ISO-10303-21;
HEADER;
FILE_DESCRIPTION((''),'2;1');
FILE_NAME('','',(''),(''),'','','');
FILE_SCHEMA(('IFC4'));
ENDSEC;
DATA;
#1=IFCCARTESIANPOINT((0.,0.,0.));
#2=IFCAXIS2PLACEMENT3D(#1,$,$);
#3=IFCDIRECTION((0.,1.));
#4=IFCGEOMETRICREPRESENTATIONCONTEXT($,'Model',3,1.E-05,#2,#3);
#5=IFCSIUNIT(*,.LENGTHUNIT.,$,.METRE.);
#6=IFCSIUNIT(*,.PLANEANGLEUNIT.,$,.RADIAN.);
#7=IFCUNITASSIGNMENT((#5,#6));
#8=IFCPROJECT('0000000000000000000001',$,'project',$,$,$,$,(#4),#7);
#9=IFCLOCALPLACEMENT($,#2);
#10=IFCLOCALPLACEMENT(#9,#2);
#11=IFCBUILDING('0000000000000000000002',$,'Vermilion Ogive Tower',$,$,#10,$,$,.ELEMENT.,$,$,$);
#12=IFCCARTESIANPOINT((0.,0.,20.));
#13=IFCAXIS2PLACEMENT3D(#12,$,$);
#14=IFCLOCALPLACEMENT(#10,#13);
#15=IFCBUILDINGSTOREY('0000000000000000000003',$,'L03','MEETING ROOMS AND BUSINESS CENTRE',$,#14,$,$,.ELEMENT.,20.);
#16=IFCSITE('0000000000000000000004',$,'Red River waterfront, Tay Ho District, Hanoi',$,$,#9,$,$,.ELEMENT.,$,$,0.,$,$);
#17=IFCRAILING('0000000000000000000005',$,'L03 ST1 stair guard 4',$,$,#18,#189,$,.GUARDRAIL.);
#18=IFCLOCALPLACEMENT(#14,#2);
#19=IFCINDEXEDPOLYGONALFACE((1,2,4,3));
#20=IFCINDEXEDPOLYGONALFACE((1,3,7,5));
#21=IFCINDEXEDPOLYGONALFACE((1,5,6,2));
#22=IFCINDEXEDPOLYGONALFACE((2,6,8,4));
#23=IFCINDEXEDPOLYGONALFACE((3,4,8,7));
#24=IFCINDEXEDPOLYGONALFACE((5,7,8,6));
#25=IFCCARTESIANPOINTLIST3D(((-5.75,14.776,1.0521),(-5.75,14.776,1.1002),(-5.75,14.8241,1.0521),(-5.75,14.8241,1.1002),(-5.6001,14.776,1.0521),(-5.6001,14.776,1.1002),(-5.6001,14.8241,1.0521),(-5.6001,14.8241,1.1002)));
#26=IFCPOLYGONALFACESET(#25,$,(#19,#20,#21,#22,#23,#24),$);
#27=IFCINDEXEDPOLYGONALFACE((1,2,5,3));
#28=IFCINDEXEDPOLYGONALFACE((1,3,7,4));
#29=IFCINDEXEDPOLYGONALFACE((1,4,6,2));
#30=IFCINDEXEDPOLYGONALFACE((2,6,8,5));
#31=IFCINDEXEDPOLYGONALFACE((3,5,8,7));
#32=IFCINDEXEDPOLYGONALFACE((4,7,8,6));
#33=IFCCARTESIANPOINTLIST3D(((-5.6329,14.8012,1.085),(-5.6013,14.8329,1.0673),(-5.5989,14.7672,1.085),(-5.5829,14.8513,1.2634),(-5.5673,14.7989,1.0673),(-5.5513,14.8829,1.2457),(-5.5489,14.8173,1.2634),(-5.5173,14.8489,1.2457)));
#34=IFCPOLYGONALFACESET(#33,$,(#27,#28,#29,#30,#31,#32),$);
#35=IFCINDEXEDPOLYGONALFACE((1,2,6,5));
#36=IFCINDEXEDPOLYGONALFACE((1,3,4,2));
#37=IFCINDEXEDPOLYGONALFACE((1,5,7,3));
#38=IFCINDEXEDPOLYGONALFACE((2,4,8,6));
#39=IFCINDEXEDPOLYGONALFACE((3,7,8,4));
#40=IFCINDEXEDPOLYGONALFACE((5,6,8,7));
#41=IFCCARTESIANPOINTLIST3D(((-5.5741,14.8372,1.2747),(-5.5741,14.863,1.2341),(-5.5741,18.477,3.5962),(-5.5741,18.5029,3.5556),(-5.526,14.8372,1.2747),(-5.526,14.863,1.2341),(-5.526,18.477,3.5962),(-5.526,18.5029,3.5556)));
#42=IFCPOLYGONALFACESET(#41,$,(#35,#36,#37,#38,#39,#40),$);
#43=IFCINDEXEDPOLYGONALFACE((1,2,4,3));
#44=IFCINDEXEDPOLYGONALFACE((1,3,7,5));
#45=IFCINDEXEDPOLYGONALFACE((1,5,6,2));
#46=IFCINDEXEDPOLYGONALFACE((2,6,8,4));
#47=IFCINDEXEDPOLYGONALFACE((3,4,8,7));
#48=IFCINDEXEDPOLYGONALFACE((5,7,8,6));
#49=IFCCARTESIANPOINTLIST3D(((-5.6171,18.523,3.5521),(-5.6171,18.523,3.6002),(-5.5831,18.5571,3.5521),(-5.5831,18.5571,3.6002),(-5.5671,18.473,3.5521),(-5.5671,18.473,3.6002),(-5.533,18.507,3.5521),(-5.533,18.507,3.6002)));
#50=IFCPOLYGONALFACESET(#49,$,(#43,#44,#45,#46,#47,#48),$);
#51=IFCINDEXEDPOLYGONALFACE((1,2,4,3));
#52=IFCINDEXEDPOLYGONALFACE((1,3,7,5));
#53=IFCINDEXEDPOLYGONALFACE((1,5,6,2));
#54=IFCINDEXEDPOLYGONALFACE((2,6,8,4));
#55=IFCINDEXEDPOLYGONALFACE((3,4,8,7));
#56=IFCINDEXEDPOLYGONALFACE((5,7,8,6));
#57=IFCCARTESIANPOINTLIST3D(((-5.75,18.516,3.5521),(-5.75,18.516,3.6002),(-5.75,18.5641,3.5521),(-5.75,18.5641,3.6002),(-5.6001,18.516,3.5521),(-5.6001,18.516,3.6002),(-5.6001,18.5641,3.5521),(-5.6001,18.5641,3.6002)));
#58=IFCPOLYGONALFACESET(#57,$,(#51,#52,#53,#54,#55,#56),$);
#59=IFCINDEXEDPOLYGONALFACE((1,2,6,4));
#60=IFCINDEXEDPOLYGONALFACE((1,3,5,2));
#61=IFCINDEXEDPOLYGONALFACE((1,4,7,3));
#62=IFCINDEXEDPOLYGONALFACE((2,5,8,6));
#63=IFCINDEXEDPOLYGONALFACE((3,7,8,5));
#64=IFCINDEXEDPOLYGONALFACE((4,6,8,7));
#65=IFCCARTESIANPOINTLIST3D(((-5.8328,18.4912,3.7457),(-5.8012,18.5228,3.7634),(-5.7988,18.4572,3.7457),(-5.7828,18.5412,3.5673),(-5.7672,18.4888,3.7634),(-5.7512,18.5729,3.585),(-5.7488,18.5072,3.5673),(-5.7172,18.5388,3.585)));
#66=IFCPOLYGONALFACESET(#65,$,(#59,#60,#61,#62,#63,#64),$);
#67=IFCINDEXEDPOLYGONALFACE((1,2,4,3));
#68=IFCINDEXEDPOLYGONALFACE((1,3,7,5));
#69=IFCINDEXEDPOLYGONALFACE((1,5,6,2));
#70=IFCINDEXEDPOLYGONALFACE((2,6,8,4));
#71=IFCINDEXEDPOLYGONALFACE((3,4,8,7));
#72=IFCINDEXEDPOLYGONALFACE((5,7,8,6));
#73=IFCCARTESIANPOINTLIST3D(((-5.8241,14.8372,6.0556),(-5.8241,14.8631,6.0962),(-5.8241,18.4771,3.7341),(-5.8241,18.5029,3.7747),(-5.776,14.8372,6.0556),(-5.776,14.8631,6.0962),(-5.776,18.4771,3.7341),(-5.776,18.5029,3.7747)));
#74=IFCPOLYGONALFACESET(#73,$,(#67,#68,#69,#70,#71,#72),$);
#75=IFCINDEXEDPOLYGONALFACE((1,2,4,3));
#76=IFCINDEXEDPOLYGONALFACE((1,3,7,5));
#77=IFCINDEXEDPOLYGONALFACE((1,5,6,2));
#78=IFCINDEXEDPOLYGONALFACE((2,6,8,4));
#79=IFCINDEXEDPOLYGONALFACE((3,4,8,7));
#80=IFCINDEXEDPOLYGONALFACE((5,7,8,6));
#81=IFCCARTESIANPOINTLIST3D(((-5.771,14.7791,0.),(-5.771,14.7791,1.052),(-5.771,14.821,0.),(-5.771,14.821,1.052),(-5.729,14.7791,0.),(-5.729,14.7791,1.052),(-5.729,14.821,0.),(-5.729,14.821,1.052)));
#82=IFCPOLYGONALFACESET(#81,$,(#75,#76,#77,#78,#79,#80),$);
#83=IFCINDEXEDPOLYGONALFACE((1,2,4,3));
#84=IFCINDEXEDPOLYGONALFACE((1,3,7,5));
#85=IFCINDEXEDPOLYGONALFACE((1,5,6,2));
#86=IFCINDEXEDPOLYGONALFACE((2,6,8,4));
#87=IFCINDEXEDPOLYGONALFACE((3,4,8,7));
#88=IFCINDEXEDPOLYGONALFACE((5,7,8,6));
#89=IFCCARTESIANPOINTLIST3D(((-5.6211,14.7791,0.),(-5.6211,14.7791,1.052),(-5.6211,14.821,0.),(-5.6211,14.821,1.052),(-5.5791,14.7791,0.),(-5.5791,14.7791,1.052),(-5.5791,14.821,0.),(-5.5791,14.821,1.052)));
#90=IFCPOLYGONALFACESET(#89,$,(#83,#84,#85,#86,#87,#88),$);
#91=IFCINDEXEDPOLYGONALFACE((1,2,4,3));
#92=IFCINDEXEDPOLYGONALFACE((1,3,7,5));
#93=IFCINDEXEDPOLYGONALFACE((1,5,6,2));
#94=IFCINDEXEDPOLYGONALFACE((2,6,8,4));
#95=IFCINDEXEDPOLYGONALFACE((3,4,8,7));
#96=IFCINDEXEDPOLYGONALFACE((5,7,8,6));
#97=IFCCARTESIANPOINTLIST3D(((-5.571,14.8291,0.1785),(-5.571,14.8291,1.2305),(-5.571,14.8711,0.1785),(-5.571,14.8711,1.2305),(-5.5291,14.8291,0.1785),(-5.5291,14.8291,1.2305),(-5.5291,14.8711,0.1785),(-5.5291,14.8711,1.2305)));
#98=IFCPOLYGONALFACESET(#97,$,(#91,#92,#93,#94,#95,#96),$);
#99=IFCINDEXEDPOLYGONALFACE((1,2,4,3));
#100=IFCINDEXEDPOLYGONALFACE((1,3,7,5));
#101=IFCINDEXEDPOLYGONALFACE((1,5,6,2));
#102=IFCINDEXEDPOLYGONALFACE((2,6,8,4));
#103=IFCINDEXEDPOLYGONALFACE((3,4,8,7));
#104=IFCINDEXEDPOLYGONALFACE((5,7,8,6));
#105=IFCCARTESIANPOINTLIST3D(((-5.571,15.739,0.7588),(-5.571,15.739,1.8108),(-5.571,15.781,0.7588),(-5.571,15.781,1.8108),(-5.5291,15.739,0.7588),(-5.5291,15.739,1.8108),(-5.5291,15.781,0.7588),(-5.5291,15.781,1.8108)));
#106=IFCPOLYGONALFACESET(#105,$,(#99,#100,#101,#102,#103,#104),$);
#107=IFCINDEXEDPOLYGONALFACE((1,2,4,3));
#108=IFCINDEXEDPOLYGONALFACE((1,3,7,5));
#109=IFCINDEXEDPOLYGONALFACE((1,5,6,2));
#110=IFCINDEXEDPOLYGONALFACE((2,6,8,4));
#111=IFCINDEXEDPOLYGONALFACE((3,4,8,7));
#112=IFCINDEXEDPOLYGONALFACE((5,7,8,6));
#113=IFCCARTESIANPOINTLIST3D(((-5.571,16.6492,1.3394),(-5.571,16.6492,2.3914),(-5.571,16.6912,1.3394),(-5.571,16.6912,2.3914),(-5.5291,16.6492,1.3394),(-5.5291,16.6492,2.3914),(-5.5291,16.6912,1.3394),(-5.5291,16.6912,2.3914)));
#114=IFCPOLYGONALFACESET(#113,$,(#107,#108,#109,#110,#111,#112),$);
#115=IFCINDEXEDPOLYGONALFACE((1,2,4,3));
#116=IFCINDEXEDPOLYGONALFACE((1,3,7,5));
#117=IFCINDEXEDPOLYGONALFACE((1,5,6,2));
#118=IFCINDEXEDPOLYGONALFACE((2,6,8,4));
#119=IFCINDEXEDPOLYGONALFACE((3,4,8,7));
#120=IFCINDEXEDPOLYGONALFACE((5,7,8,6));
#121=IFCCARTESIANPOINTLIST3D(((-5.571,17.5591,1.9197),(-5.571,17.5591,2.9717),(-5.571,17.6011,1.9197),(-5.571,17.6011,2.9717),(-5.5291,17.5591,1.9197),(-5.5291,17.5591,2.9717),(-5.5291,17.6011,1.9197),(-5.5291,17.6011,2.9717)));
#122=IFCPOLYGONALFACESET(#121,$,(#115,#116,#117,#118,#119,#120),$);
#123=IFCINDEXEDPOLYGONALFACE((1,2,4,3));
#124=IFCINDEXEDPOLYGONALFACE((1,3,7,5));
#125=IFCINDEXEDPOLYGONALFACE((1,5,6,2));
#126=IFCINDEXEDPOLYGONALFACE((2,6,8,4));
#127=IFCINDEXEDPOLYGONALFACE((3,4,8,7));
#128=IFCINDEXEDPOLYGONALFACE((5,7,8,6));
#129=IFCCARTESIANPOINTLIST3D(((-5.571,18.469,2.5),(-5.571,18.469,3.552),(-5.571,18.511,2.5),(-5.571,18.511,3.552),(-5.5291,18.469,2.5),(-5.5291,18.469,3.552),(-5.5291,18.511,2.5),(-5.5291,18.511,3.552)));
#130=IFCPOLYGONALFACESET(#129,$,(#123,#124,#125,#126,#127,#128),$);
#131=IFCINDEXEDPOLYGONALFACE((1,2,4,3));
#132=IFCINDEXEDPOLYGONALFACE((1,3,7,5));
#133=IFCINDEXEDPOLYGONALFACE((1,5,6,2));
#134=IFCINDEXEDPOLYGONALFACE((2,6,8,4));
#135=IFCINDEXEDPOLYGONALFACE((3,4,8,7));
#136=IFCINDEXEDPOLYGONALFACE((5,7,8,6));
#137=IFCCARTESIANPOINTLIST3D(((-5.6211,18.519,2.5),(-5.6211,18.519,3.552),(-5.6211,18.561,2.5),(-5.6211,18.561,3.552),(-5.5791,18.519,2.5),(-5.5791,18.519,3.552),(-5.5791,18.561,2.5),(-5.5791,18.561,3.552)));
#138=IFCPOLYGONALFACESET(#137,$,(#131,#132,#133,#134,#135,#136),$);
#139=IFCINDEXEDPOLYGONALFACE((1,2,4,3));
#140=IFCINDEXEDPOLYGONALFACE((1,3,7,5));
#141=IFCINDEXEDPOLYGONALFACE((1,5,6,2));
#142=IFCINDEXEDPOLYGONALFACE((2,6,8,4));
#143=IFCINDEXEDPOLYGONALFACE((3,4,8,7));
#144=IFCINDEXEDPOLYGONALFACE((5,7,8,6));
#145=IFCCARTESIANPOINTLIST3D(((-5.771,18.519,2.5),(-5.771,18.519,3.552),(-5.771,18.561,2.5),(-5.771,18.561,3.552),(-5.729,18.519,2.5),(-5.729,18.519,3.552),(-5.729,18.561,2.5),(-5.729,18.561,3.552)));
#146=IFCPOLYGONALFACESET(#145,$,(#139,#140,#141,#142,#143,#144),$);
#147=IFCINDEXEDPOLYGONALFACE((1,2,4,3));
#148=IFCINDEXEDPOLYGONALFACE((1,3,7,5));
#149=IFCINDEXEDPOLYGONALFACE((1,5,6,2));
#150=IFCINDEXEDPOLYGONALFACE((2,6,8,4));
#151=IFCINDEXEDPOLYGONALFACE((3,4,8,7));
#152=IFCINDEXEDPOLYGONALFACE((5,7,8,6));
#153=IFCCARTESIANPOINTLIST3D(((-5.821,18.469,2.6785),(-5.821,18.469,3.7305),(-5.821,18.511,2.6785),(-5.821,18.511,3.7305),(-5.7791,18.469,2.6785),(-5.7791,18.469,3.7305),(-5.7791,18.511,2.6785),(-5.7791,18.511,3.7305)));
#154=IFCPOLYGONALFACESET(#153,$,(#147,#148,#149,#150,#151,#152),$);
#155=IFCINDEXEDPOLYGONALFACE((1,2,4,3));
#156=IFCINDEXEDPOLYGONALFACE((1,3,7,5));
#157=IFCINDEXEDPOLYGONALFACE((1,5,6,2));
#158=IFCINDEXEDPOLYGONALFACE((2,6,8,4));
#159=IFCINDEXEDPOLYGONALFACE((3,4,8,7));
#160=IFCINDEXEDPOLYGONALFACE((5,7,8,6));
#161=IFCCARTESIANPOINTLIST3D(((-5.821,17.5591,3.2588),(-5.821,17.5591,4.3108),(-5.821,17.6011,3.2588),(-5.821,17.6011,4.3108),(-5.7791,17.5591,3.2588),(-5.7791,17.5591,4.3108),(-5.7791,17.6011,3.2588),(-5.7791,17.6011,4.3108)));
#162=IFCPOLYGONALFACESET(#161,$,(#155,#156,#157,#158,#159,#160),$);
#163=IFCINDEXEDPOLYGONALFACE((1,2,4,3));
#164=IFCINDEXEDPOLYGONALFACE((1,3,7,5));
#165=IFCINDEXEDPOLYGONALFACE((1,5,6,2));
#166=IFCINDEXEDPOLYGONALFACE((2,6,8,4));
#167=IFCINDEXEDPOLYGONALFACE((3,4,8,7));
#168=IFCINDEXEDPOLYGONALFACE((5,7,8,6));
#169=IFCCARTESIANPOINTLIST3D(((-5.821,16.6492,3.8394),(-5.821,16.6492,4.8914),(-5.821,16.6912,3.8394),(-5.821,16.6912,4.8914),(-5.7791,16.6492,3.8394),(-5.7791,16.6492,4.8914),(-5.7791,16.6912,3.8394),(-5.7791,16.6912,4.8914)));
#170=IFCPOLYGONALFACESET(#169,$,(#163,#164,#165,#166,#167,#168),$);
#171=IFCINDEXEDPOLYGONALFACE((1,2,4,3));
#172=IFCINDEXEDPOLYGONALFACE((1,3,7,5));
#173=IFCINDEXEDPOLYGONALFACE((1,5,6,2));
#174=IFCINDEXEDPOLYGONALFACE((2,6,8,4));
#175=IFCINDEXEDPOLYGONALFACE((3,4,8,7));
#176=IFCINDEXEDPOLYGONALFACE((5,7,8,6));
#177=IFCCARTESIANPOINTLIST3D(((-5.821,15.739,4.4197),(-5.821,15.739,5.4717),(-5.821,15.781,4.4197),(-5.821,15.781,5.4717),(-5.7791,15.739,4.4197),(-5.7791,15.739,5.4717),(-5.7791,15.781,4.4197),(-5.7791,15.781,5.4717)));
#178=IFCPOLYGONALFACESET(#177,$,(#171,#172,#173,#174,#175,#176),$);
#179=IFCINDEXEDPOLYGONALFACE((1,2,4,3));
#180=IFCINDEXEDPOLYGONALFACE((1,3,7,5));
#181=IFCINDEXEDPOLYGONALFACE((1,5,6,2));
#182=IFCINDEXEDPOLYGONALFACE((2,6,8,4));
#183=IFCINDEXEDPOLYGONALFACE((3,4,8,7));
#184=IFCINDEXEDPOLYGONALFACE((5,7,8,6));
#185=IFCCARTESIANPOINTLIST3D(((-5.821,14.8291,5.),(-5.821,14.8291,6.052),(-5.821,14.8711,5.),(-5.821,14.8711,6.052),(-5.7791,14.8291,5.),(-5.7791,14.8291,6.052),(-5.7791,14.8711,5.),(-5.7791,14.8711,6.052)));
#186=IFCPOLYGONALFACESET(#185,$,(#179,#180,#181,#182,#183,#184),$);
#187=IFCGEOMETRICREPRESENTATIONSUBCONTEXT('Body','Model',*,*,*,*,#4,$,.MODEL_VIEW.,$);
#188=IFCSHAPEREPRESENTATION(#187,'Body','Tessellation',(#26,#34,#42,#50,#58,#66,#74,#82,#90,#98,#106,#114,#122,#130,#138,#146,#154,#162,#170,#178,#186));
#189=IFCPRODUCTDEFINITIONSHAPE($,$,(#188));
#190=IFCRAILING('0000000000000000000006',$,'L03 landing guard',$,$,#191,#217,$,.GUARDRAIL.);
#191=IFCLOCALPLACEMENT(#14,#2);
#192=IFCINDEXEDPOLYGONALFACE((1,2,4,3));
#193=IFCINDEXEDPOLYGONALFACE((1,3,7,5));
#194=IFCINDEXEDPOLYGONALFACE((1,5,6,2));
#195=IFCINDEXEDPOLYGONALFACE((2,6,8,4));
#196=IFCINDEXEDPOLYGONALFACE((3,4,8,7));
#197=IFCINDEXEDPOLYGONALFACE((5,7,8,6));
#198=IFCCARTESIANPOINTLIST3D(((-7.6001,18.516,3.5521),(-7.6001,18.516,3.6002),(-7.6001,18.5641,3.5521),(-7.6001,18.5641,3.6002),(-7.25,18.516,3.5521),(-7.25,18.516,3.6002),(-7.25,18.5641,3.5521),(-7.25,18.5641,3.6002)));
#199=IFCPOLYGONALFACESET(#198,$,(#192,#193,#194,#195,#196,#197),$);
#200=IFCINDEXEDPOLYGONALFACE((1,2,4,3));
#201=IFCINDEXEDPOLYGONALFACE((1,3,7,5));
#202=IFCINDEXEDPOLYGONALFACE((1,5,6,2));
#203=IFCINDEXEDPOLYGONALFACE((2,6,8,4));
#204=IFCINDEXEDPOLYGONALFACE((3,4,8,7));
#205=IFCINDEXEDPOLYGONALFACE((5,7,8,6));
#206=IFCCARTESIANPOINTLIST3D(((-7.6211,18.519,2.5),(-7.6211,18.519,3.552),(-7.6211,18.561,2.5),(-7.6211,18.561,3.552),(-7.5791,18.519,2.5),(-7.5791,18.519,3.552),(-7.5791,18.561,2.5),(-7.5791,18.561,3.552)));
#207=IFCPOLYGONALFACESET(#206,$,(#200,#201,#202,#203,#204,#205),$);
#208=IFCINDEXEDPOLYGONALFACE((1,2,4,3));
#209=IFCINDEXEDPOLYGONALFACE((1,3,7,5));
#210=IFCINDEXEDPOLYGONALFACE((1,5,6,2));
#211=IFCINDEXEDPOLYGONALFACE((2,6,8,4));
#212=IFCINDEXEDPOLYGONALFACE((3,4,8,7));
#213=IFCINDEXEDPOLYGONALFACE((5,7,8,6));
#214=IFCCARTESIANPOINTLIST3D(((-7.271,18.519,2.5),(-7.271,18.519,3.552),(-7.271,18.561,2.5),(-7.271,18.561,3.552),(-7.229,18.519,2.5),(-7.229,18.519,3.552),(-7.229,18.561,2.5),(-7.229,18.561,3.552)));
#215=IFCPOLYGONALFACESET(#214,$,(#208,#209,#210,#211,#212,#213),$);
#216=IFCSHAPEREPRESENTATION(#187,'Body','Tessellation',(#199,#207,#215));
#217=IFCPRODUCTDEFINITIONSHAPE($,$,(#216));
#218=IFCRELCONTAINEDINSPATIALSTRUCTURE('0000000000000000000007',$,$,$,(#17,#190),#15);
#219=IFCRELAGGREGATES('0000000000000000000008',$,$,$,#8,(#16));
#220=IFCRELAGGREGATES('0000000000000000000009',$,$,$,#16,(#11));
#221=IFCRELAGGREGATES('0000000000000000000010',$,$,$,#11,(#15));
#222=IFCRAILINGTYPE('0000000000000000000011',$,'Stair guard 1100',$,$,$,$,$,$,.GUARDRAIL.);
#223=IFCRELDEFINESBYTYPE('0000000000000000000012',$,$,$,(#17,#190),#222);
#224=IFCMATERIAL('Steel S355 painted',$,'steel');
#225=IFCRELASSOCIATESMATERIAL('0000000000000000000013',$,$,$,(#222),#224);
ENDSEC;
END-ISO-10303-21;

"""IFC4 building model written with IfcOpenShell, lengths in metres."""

from ifc_helpers import new_model, si_unit, direction, frame, origin, origin_2d, place, context, subcontext, project, spatial, rectangle, extrude, material, type_object, element, save


model = new_model("IFC4")

# Units and contexts
model_context = context("Model", 3, precision=1e-05, world=origin(), true_north=direction((0.0, 1.0)))
body_context = subcontext(model_context, "Body", "Model", "MODEL_VIEW")
ifc_project = project(units=[si_unit("LENGTHUNIT", "METRE"), si_unit("PLANEANGLEUNIT", "RADIAN")], contexts=[model_context])

# Site, building, storey
site_placement = place(None, origin())
site = spatial("IfcSite", under=ifc_project, at=site_placement, Name="Red River waterfront, Tay Ho District, Hanoi", CompositionType="ELEMENT", RefElevation=0.0)
building_placement = place(site_placement, origin())
building = spatial("IfcBuilding", under=site, at=building_placement, Name="Vermilion Ogive Tower", CompositionType="ELEMENT")
storey_placement = place(building_placement, frame((0.0, 0.0, 20.0)))
storey = spatial("IfcBuildingStorey", under=building, at=storey_placement, Name="L03", Description="MEETING ROOMS AND BUSINESS CENTRE", CompositionType="ELEMENT", Elevation=20.0)

# Railings
ifc_material_1 = material(Name="Steel S355 painted", Category="steel")
railing_type_1 = type_object("IfcRailingType", Name="Stair guard 1100", PredefinedType="GUARDRAIL", material=ifc_material_1)
railing_1_placement = place(storey_placement, frame((-5.75, 14.8, 0.0)))
element("IfcRailing", 1, at=railing_1_placement, inside=storey, type_object=railing_type_1, Name="L03 ST1 stair guard 4", PredefinedType="GUARDRAIL", context=body_context, shape_type="SweptSolid", body=[
    extrude(rectangle(XDim=0.0481, YDim=0.0481, at=origin_2d()), frame((0.0, 0.0, 1.0762), z_axis=(1.0, 0.0, 0.0), x_axis=(0.0, 1.0, 0.0)), (0.0, 0.0, 1.0), 0.1499),
    extrude(rectangle(XDim=0.0481, YDim=0.0481, at=origin_2d()), frame((0.1499, 0.0, 1.0762), z_axis=(0.260685, 0.260685, 0.929563), x_axis=(-0.707107, 0.707107, 0.0)), (0.0, 0.0, 1.0), 0.1919),
    extrude(rectangle(XDim=0.0481, YDim=0.0481, at=origin_2d()), frame((0.2, 0.05, 1.2544), z_axis=(0.0, 0.843112, 0.537739), x_axis=(-1.0, 0.0, 0.0)), (0.0, 0.0, 1.0), 4.3171),
    extrude(rectangle(XDim=0.0481, YDim=0.0481, at=origin_2d()), frame((0.2, 3.6899, 3.5762), z_axis=(-0.707107, 0.707107, 0.0), x_axis=(-0.707107, -0.707107, 0.0)), (0.0, 0.0, 1.0), 0.0708),
    extrude(rectangle(XDim=0.0481, YDim=0.0481, at=origin_2d()), frame((0.1499, 3.74, 3.5762), z_axis=(-1.0, 0.0, 0.0), x_axis=(0.0, -1.0, 0.0)), (0.0, 0.0, 1.0), 0.1499),
    extrude(rectangle(XDim=0.0481, YDim=0.0481, at=origin_2d()), frame((0.0, 3.74, 3.5762), z_axis=(-0.260685, -0.260685, 0.929563), x_axis=(0.707107, -0.707107, 0.0)), (0.0, 0.0, 1.0), 0.1919),
    extrude(rectangle(XDim=0.0481, YDim=0.0481, at=origin_2d()), frame((-0.05, 3.6899, 3.7544), z_axis=(0.0, -0.843112, 0.537739), x_axis=(1.0, 0.0, 0.0)), (0.0, 0.0, 1.0), 4.3171),
    extrude(rectangle(XDim=0.042, YDim=0.042, at=origin_2d()), origin(), (0.0, 0.0, 1.0), 1.052),
    extrude(rectangle(XDim=0.042, YDim=0.042, at=origin_2d()), frame((0.1499, 0.0, 0.0)), (0.0, 0.0, 1.0), 1.052),
    extrude(rectangle(XDim=0.042, YDim=0.042, at=origin_2d()), frame((0.2, 0.05, 0.1785)), (0.0, 0.0, 1.0), 1.052),
    extrude(rectangle(XDim=0.042, YDim=0.042, at=origin_2d()), frame((0.2, 0.96, 0.7588)), (0.0, 0.0, 1.0), 1.052),
    extrude(rectangle(XDim=0.042, YDim=0.042, at=origin_2d()), frame((0.2, 1.8701, 1.3394)), (0.0, 0.0, 1.0), 1.052),
    extrude(rectangle(XDim=0.042, YDim=0.042, at=origin_2d()), frame((0.2, 2.78, 1.9197)), (0.0, 0.0, 1.0), 1.052),
    extrude(rectangle(XDim=0.042, YDim=0.042, at=origin_2d()), frame((0.2, 3.6899, 2.5)), (0.0, 0.0, 1.0), 1.052),
    extrude(rectangle(XDim=0.042, YDim=0.042, at=origin_2d()), frame((0.1499, 3.74, 2.5)), (0.0, 0.0, 1.0), 1.052),
    extrude(rectangle(XDim=0.042, YDim=0.042, at=origin_2d()), frame((0.0, 3.74, 2.5)), (0.0, 0.0, 1.0), 1.052),
    extrude(rectangle(XDim=0.042, YDim=0.042, at=origin_2d()), frame((-0.05, 3.6899, 2.6785)), (0.0, 0.0, 1.0), 1.052),
    extrude(rectangle(XDim=0.042, YDim=0.042, at=origin_2d()), frame((-0.05, 2.78, 3.2588)), (0.0, 0.0, 1.0), 1.052),
    extrude(rectangle(XDim=0.042, YDim=0.042, at=origin_2d()), frame((-0.05, 1.8701, 3.8394)), (0.0, 0.0, 1.0), 1.052),
    extrude(rectangle(XDim=0.042, YDim=0.042, at=origin_2d()), frame((-0.05, 0.96, 4.4197)), (0.0, 0.0, 1.0), 1.052),
    extrude(rectangle(XDim=0.042, YDim=0.042, at=origin_2d()), frame((-0.05, 0.05, 5.0)), (0.0, 0.0, 1.0), 1.052),
])
railing_2_placement = place(storey_placement, frame((-7.6001, 18.54, 2.5)))
element("IfcRailing", 2, at=railing_2_placement, inside=storey, type_object=railing_type_1, Name="L03 landing guard", PredefinedType="GUARDRAIL", context=body_context, shape_type="SweptSolid", body=[
    extrude(rectangle(XDim=0.0481, YDim=0.0481, at=origin_2d()), frame((0.0, 0.0, 1.0762), z_axis=(1.0, 0.0, 0.0), x_axis=(0.0, 1.0, 0.0)), (0.0, 0.0, 1.0), 0.3501),
    extrude(rectangle(XDim=0.042, YDim=0.042, at=origin_2d()), origin(), (0.0, 0.0, 1.0), 1.052),
    extrude(rectangle(XDim=0.042, YDim=0.042, at=origin_2d()), frame((0.3501, 0.0, 0.0)), (0.0, 0.0, 1.0), 1.052),
])

save(model, "model.ifc")
